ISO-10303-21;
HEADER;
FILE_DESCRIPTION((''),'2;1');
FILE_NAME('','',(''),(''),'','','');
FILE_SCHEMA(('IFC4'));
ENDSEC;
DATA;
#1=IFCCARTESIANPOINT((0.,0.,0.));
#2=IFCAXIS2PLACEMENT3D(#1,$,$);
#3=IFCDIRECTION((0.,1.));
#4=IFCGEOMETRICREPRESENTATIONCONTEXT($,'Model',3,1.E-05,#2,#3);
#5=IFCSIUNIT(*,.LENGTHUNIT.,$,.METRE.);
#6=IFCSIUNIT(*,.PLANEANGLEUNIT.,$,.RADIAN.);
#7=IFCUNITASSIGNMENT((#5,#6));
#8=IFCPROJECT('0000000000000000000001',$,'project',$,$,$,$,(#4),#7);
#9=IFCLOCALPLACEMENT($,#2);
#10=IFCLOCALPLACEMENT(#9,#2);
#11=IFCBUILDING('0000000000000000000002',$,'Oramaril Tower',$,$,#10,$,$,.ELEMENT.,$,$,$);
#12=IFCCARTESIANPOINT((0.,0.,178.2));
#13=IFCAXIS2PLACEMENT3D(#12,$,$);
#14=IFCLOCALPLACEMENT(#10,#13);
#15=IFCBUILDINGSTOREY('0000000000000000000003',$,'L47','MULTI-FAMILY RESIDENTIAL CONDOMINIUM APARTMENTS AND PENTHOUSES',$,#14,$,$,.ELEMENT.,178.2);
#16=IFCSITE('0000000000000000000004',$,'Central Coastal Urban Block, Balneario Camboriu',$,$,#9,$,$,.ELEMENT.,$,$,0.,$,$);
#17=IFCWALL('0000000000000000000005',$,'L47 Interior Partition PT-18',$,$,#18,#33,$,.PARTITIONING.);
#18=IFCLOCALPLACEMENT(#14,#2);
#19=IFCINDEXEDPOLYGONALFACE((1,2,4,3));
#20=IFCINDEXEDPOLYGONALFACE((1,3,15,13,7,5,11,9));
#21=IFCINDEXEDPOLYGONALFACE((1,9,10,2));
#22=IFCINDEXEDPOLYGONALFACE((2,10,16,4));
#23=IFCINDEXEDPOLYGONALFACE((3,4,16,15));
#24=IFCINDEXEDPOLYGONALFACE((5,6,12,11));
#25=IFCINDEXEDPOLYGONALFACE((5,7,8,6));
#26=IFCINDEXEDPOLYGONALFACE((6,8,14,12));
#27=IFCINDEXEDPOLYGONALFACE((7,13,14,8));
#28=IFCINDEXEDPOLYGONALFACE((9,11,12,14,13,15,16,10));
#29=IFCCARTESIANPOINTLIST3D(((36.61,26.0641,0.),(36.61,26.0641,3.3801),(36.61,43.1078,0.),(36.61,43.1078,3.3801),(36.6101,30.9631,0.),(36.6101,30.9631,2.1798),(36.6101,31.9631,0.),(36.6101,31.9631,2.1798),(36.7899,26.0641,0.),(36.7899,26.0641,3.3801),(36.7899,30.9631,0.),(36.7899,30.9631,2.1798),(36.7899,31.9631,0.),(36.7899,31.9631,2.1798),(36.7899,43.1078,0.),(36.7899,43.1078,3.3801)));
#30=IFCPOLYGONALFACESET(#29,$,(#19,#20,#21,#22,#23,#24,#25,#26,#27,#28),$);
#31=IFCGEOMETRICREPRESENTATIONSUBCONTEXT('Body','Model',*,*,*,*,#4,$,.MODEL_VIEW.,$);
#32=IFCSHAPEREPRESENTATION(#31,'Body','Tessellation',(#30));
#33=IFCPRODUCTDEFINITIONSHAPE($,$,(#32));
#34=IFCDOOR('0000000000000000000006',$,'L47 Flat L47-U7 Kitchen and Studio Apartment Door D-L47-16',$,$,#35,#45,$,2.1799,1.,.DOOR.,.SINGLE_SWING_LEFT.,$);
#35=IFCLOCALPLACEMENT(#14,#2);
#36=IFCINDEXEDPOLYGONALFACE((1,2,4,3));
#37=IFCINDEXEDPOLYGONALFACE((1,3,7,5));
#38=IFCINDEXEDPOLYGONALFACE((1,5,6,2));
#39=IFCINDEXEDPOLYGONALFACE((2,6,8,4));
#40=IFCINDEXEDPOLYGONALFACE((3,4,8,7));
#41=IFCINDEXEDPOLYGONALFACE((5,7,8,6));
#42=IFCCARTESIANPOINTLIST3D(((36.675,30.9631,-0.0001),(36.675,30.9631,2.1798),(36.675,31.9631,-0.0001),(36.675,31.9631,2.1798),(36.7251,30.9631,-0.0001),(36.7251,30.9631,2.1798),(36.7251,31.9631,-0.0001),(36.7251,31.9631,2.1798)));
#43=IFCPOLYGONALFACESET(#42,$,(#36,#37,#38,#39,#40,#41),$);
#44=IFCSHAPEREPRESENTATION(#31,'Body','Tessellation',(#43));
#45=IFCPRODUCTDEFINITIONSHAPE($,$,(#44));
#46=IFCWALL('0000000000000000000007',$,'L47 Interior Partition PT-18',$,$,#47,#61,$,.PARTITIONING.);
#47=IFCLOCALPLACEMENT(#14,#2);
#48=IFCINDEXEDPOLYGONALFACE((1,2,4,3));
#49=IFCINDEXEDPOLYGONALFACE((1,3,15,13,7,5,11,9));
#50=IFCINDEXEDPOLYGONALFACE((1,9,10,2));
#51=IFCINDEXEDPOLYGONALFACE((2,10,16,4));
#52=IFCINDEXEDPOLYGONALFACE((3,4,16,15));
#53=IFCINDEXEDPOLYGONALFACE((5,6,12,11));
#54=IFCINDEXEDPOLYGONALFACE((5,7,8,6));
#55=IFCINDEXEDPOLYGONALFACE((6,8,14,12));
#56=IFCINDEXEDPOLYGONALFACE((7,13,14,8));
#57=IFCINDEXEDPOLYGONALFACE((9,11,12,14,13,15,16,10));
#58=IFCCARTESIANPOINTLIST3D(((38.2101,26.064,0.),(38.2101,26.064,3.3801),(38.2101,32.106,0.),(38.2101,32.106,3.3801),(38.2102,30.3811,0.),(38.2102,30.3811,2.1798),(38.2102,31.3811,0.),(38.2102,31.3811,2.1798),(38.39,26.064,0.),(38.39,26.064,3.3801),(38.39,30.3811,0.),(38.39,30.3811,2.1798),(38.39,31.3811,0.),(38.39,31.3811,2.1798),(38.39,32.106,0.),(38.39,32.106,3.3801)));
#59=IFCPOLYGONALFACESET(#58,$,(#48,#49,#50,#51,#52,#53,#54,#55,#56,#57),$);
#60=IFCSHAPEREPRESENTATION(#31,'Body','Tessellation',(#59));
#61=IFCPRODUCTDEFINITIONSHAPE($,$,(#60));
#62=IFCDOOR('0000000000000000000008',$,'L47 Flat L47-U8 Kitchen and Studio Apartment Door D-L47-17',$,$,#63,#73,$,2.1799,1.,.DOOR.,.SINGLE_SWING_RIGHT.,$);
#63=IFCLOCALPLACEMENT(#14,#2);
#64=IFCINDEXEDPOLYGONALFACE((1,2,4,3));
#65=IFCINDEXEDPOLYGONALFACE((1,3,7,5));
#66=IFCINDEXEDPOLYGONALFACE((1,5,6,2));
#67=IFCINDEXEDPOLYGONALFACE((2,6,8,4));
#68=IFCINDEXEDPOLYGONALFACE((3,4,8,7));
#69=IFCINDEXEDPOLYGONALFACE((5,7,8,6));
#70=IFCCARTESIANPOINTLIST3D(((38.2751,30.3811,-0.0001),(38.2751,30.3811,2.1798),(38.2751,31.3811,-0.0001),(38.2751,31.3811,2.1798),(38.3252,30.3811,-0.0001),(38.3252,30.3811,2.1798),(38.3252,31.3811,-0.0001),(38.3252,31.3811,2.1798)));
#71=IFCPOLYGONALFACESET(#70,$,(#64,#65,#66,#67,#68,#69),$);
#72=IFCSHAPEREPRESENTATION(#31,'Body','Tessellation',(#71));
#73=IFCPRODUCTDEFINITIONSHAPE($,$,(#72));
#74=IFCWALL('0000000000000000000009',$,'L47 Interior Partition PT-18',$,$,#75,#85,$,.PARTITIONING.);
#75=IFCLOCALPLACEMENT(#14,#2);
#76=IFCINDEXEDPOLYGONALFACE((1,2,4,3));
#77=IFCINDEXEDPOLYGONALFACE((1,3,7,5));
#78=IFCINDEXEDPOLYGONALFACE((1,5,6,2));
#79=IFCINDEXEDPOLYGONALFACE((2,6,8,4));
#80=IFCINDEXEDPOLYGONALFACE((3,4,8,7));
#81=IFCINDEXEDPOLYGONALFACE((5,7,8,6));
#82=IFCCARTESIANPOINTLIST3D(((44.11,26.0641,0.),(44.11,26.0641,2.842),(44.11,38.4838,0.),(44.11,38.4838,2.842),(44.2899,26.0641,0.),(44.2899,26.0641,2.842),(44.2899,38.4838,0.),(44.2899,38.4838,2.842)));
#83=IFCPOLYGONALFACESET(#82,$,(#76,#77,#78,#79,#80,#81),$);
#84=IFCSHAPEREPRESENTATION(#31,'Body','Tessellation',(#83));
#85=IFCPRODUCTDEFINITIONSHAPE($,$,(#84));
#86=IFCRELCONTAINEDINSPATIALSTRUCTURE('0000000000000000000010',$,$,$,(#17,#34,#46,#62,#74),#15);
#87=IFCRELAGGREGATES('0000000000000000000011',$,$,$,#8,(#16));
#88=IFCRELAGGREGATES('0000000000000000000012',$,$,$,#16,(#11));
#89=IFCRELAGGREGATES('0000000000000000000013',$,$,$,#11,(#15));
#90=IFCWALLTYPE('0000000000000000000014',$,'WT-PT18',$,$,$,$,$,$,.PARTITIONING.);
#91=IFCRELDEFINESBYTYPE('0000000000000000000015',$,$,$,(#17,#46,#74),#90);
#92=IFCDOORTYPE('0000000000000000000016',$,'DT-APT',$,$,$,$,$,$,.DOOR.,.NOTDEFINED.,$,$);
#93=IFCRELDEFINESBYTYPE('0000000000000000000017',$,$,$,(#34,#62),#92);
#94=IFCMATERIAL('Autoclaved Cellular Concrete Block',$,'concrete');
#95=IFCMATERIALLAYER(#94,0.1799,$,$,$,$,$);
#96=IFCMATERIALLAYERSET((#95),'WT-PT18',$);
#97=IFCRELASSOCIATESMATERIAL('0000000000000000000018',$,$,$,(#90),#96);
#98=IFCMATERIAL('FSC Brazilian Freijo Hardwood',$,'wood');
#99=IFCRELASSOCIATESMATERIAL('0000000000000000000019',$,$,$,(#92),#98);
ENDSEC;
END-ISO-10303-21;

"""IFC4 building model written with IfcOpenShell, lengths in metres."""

from ifc_helpers import new_model, si_unit, direction, frame, frame_2d, origin, place, context, subcontext, project, spatial, rectangle, extrude, material, layer, layer_set, type_object, element, fill, save


model = new_model("IFC4")

# Units and contexts
model_context = context("Model", 3, precision=1e-05, world=origin(), true_north=direction((0.0, 1.0)))
body_context = subcontext(model_context, "Body", "Model", "MODEL_VIEW")
ifc_project = project(units=[si_unit("LENGTHUNIT", "METRE"), si_unit("PLANEANGLEUNIT", "RADIAN")], contexts=[model_context])

# Site, building, storey
site_placement = place(None, origin())
site = spatial("IfcSite", under=ifc_project, at=site_placement, Name="Central Coastal Urban Block, Balneario Camboriu", CompositionType="ELEMENT", RefElevation=0.0)
building_placement = place(site_placement, origin())
building = spatial("IfcBuilding", under=site, at=building_placement, Name="Oramaril Tower", CompositionType="ELEMENT")
storey_placement = place(building_placement, frame((0.0, 0.0, 178.2)))
storey = spatial("IfcBuildingStorey", under=building, at=storey_placement, Name="L47", Description="MULTI-FAMILY RESIDENTIAL CONDOMINIUM APARTMENTS AND PENTHOUSES", CompositionType="ELEMENT", Elevation=178.2)

# Shared definitions
ifc_material_1 = material(Name="Autoclaved Cellular Concrete Block", Category="concrete")
ifc_layer_1 = layer(ifc_material_1, 0.1799)
ifc_layer_set_1 = layer_set([ifc_layer_1], Name="WT-PT18")
wall_type_1 = type_object("IfcWallType", Name="WT-PT18", PredefinedType="PARTITIONING", material=ifc_layer_set_1)

# Shared definitions
ifc_material_2 = material(Name="FSC Brazilian Freijo Hardwood", Category="wood")
door_type_1 = type_object("IfcDoorType", Name="DT-APT", OperationType="NOTDEFINED", PredefinedType="DOOR", material=ifc_material_2)

# Walls, openings, doors
wall_1_placement = place(storey_placement, frame((36.7, 26.064, 0.0), z_axis=(0.0, 0.0, 1.0), x_axis=(0.0, 1.0, 0.0)))
wall_1 = element("IfcWall", 1, at=wall_1_placement, inside=storey, type_object=wall_type_1, Name="L47 Interior Partition PT-18", PredefinedType="PARTITIONING", context=body_context, shape_type="SweptSolid", body=[
    extrude(rectangle(XDim=17.0437, YDim=0.1799, at=frame_2d((8.522, 0.0))), origin(), (0.0, 0.0, 1.0), 3.3801),
])
opening_1_placement = place(wall_1_placement, frame((4.8992, 0.0, 0.0)))
opening_1 = element("IfcOpeningElement", 2, at=opening_1_placement, cuts=wall_1, PredefinedType="OPENING", context=body_context, shape_type="SweptSolid", body=[
    extrude(rectangle(XDim=1.0, YDim=2.1799, at=frame_2d((0.5, 1.0898))), frame((0.0, 0.0898, 0.0), z_axis=(0.0, -1.0, 0.0), x_axis=(1.0, 0.0, 0.0)), (0.0, 0.0, 1.0), 0.1799),
])
door_1_placement = place(opening_1_placement, origin())
door_1 = element("IfcDoor", 3, at=door_1_placement, inside=storey, type_object=door_type_1, Name="L47 Flat L47-U7 Kitchen and Studio Apartment Door D-L47-16", OperationType="SINGLE_SWING_LEFT", OverallHeight=2.1799, OverallWidth=1.0, PredefinedType="DOOR", context=body_context, shape_type="SweptSolid", body=[
    extrude(rectangle(XDim=1.0, YDim=2.1799, at=frame_2d((0.5, 1.0898))), frame((0.0, 0.0249, 0.0), z_axis=(0.0, -1.0, 0.0), x_axis=(1.0, 0.0, 0.0)), (0.0, 0.0, 1.0), 0.05),
])
fill(opening_1, door_1)
wall_2_placement = place(storey_placement, frame((38.3, 26.064, 0.0), z_axis=(0.0, 0.0, 1.0), x_axis=(0.0, 1.0, 0.0)))
wall_2 = element("IfcWall", 4, at=wall_2_placement, inside=storey, type_object=wall_type_1, Name="L47 Interior Partition PT-18", PredefinedType="PARTITIONING", context=body_context, shape_type="SweptSolid", body=[
    extrude(rectangle(XDim=6.042, YDim=0.1799, at=frame_2d((3.021, 0.0))), origin(), (0.0, 0.0, 1.0), 3.3801),
])
opening_2_placement = place(wall_2_placement, frame((4.3171, 0.0, 0.0)))
opening_2 = element("IfcOpeningElement", 5, at=opening_2_placement, cuts=wall_2, PredefinedType="OPENING", context=body_context, shape_type="SweptSolid", body=[
    extrude(rectangle(XDim=1.0, YDim=2.1799, at=frame_2d((0.5, 1.0898))), frame((0.0, 0.0898, 0.0), z_axis=(0.0, -1.0, 0.0), x_axis=(1.0, 0.0, 0.0)), (0.0, 0.0, 1.0), 0.1799),
])
door_2_placement = place(opening_2_placement, origin())
door_2 = element("IfcDoor", 6, at=door_2_placement, inside=storey, type_object=door_type_1, Name="L47 Flat L47-U8 Kitchen and Studio Apartment Door D-L47-17", OperationType="SINGLE_SWING_RIGHT", OverallHeight=2.1799, OverallWidth=1.0, PredefinedType="DOOR", context=body_context, shape_type="SweptSolid", body=[
    extrude(rectangle(XDim=1.0, YDim=2.1799, at=frame_2d((0.5, 1.0898))), frame((0.0, 0.0249, 0.0), z_axis=(0.0, -1.0, 0.0), x_axis=(1.0, 0.0, 0.0)), (0.0, 0.0, 1.0), 0.05),
])
fill(opening_2, door_2)

# Wall
wall_3_placement = place(storey_placement, frame((44.2, 26.064, 0.0), z_axis=(0.0, 0.0, 1.0), x_axis=(0.0, 1.0, 0.0)))
element("IfcWall", 7, at=wall_3_placement, inside=storey, type_object=wall_type_1, Name="L47 Interior Partition PT-18", PredefinedType="PARTITIONING", context=body_context, shape_type="SweptSolid", body=[
    extrude(rectangle(XDim=12.4197, YDim=0.1799, at=frame_2d((6.21, 0.0))), origin(), (0.0, 0.0, 1.0), 2.842),
])

save(model, "model.ifc")
